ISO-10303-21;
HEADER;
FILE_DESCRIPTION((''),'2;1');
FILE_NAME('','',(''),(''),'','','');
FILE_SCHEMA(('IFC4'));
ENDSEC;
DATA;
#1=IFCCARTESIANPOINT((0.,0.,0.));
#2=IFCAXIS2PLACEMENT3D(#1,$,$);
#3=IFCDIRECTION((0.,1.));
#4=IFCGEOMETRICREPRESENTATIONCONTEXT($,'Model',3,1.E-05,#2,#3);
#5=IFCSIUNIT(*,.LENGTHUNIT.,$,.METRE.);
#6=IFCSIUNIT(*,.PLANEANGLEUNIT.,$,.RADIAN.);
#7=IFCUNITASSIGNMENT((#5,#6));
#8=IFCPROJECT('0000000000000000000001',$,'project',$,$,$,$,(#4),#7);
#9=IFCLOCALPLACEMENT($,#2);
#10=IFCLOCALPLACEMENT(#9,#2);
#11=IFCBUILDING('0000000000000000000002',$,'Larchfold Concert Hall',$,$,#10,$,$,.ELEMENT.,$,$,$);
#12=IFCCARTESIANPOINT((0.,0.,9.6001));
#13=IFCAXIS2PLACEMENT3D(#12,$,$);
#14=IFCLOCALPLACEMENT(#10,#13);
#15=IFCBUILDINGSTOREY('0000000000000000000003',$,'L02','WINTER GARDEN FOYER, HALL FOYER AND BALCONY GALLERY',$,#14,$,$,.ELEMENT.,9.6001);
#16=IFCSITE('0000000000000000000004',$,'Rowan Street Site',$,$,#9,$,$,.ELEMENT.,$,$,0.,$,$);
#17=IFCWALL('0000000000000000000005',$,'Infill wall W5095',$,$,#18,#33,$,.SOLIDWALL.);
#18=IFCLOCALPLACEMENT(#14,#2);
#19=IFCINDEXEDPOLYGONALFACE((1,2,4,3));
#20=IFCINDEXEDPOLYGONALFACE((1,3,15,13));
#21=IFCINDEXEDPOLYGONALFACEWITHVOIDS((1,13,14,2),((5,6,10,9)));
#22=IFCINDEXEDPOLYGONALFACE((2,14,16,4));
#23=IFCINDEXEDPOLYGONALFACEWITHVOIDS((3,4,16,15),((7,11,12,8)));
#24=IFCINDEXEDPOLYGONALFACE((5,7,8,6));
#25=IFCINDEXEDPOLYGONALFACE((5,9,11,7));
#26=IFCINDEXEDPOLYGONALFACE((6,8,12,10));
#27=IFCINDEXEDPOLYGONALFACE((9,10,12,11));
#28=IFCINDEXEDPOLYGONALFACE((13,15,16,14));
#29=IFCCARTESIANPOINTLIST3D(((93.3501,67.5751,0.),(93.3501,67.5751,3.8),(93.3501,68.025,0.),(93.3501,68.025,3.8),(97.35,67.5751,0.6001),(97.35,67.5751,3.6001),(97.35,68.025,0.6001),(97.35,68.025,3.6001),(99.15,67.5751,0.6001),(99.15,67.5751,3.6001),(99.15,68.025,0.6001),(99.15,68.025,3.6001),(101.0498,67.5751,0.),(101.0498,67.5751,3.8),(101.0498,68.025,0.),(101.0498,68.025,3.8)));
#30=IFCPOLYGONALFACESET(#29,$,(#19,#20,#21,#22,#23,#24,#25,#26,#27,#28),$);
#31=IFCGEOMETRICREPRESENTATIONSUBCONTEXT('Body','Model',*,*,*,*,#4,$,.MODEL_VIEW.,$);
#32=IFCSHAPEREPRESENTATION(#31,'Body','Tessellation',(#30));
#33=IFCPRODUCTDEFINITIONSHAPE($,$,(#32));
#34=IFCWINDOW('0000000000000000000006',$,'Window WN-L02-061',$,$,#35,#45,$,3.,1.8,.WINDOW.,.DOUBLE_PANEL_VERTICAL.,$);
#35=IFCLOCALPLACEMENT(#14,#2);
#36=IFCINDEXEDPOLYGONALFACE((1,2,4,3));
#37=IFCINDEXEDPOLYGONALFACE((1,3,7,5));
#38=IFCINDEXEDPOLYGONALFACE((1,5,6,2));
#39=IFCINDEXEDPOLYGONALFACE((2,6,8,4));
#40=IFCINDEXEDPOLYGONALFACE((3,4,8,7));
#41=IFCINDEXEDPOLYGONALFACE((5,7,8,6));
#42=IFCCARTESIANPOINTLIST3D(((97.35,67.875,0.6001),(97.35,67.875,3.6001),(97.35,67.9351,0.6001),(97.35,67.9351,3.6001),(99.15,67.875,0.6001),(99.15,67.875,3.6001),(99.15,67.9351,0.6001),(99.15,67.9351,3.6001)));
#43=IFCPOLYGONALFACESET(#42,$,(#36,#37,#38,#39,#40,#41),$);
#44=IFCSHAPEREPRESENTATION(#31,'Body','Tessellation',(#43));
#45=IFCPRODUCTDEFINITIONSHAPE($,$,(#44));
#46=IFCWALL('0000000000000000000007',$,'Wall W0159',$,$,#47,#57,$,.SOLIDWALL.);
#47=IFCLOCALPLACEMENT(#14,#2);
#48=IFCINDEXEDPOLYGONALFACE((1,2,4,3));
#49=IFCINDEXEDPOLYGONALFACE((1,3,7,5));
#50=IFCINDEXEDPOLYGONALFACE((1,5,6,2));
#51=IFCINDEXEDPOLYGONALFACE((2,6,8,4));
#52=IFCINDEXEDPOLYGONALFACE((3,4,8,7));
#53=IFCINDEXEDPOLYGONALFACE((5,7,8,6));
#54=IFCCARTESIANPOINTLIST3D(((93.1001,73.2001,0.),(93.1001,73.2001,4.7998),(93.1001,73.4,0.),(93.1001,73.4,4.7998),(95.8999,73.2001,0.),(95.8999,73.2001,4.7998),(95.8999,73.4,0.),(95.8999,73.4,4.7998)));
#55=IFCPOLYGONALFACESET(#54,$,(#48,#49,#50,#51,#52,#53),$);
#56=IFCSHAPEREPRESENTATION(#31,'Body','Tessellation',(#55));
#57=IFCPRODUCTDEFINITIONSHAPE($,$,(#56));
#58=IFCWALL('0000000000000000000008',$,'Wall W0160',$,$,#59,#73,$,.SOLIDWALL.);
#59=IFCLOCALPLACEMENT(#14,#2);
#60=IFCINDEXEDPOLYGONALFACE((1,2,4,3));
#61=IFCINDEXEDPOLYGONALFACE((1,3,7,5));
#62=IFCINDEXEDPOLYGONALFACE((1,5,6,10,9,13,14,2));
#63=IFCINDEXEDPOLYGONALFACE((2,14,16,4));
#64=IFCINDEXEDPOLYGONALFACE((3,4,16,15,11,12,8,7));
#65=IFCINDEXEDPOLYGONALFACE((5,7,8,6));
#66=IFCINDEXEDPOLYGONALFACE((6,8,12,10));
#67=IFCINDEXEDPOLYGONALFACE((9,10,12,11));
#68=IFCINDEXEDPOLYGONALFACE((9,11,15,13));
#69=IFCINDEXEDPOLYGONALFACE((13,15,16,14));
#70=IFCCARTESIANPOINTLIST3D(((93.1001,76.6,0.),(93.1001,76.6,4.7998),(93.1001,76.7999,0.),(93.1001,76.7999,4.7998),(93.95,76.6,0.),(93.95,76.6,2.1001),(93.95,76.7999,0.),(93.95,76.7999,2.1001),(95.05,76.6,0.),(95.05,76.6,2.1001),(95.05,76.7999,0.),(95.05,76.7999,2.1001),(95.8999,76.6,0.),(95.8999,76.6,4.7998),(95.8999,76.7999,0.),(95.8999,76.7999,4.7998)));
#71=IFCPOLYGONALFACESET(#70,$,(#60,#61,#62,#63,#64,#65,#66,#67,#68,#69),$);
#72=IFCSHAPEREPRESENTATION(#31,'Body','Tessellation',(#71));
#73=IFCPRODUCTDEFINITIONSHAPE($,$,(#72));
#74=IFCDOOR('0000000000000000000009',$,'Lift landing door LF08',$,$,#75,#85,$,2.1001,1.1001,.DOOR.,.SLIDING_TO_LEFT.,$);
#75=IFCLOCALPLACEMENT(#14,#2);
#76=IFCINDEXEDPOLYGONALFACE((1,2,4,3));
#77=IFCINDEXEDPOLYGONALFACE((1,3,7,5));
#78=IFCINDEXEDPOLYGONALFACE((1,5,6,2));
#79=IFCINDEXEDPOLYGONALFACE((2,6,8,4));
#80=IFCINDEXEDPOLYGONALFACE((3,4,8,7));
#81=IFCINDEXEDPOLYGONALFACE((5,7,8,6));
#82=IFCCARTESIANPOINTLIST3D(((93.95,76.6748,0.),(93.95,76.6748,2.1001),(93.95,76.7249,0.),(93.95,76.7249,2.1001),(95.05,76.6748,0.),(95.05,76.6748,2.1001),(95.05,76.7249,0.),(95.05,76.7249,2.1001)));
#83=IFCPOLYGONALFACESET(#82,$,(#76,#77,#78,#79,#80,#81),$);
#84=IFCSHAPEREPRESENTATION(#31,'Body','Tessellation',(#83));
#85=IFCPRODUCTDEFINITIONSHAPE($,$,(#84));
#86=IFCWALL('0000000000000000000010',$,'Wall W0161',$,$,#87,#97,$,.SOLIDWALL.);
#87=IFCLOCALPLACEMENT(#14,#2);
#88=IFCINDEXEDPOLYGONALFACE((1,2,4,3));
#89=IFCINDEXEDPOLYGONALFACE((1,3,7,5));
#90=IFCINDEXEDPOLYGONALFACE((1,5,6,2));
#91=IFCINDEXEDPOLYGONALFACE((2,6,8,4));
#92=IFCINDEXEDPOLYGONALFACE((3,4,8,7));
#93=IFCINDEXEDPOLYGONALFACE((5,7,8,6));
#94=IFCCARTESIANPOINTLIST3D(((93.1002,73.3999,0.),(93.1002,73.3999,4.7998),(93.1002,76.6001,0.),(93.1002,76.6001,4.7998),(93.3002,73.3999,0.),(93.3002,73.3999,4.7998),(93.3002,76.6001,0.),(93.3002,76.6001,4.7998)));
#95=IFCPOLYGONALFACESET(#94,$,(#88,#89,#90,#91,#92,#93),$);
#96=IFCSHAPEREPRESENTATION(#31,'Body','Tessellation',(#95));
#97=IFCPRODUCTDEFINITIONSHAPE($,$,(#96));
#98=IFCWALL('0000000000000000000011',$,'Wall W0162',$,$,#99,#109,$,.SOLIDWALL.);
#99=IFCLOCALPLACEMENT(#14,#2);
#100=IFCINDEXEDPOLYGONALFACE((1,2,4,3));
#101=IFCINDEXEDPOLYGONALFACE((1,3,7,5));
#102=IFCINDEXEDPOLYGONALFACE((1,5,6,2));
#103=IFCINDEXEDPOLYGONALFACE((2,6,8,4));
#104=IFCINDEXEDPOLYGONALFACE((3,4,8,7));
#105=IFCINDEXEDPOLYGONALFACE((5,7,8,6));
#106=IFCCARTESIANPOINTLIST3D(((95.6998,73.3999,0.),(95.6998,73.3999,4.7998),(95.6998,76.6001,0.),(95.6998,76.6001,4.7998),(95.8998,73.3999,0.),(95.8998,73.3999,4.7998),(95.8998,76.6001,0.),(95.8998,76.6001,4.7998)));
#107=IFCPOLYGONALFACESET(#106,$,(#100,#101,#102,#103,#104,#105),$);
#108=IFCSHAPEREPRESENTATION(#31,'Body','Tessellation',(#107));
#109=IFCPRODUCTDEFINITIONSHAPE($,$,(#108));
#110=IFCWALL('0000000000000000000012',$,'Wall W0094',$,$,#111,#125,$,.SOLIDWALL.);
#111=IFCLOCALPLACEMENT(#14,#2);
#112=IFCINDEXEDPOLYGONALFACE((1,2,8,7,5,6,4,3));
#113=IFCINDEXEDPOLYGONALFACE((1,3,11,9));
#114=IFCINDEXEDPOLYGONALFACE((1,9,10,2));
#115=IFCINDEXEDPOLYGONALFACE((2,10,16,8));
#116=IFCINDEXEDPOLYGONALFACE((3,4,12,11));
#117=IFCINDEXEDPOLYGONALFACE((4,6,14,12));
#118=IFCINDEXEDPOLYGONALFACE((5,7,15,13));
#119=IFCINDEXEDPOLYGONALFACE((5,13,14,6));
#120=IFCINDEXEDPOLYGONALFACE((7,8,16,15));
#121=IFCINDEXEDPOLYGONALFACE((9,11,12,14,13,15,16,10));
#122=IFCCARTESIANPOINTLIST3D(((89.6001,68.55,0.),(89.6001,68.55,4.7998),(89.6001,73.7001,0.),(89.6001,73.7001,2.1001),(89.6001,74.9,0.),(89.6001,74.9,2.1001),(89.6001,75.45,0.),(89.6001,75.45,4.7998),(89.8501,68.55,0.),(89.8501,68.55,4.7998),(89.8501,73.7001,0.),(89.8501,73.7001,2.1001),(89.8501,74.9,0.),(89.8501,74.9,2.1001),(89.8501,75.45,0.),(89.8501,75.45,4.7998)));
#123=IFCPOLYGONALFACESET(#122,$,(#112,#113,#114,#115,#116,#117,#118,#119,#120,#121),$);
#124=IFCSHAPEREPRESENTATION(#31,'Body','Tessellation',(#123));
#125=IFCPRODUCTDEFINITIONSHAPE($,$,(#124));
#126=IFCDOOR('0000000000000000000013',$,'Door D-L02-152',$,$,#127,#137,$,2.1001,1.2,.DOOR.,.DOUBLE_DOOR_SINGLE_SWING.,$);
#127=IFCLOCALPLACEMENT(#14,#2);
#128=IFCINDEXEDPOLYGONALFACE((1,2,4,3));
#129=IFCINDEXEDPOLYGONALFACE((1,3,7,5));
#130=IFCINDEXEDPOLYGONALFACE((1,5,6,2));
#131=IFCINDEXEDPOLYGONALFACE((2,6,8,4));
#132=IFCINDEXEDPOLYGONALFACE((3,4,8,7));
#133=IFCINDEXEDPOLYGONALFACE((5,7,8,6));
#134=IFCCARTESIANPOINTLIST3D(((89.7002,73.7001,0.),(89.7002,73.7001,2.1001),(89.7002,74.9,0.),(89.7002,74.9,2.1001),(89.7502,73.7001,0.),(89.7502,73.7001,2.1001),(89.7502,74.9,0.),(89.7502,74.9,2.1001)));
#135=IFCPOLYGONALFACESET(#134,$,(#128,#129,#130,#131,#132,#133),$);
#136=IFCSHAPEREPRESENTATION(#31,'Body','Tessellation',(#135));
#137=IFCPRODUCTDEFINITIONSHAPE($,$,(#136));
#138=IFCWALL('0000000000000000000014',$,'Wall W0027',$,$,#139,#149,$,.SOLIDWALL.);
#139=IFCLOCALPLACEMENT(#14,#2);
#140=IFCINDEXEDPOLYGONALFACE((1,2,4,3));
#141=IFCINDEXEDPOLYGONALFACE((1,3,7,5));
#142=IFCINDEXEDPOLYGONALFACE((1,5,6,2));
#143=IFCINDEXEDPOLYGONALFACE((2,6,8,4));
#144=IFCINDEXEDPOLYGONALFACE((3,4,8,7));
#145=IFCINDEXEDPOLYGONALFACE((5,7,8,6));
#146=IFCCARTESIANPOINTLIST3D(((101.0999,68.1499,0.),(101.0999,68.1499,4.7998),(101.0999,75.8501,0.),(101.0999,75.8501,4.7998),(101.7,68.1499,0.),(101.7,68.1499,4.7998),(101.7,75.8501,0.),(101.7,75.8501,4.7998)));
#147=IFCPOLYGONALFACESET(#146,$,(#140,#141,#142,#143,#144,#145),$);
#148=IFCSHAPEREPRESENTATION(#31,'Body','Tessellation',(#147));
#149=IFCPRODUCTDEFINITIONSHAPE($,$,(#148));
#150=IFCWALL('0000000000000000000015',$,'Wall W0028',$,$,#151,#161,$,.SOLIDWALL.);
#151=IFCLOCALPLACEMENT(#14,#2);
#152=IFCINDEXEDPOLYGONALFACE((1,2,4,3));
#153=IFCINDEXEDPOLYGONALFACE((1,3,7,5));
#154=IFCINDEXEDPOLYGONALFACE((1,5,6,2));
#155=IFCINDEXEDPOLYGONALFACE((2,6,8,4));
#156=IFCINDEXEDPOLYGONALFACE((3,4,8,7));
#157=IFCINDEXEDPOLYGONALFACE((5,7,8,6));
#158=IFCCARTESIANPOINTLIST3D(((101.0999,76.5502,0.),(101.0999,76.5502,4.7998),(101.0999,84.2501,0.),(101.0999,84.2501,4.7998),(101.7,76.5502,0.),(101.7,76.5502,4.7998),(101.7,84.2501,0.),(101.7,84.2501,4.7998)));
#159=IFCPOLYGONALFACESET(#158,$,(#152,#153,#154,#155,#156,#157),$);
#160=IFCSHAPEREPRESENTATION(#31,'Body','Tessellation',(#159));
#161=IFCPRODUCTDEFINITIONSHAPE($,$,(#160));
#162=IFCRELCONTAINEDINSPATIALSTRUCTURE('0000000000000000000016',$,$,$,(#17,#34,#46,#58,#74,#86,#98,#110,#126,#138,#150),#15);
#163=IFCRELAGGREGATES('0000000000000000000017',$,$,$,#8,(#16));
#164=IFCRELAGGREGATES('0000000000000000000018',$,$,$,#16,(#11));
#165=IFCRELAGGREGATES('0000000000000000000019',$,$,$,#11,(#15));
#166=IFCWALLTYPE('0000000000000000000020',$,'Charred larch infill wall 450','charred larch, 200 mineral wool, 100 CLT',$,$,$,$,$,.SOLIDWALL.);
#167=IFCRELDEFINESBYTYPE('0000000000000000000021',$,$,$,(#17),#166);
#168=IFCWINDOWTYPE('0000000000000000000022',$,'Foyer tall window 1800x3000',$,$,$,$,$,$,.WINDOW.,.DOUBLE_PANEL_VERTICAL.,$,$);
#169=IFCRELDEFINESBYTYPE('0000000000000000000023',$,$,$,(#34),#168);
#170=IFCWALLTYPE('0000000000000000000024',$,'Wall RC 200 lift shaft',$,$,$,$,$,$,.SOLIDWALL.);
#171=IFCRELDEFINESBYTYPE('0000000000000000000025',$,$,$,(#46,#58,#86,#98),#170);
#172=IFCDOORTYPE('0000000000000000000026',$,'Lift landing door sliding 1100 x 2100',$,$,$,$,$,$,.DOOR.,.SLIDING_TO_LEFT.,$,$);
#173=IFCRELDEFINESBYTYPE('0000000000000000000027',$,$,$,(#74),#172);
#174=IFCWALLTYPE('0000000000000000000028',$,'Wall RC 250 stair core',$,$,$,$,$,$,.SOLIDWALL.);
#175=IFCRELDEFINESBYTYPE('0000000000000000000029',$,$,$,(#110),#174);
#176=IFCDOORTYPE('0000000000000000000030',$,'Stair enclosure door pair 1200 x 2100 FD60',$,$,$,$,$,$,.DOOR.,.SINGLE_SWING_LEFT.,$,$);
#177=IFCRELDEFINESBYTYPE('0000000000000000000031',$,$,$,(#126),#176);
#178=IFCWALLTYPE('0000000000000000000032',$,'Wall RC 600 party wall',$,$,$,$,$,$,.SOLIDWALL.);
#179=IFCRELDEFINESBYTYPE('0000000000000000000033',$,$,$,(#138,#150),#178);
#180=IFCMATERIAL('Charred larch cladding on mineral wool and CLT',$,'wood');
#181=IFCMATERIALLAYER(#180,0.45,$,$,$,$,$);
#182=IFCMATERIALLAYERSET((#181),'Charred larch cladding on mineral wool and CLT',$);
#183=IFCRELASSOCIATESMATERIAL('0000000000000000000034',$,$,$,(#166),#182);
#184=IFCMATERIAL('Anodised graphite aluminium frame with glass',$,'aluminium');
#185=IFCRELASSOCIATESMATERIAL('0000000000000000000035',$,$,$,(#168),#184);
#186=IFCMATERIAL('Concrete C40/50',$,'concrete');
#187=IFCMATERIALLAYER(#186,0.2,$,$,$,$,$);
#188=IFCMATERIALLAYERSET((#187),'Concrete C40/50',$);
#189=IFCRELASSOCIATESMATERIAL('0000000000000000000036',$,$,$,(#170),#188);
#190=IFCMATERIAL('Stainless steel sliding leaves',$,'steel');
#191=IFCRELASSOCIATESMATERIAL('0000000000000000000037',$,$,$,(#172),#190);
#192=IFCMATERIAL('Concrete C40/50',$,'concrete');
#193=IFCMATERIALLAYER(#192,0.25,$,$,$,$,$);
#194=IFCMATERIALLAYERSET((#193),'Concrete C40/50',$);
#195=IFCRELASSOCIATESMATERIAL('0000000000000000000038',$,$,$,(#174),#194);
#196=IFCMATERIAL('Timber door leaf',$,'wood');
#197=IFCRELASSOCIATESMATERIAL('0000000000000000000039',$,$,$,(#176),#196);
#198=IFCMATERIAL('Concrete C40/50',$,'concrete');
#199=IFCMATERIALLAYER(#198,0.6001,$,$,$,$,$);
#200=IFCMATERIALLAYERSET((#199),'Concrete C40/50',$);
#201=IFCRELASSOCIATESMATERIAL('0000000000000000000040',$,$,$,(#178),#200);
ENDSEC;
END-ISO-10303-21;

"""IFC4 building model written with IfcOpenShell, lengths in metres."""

from ifc_helpers import new_model, si_unit, direction, frame, frame_2d, origin, place, context, subcontext, project, spatial, rectangle, extrude, material, layer, layer_set, type_object, element, fill, save


model = new_model("IFC4")

# Units and contexts
model_context = context("Model", 3, precision=1e-05, world=origin(), true_north=direction((0.0, 1.0)))
body_context = subcontext(model_context, "Body", "Model", "MODEL_VIEW")
ifc_project = project(units=[si_unit("LENGTHUNIT", "METRE"), si_unit("PLANEANGLEUNIT", "RADIAN")], contexts=[model_context])

# Site, building, storey
site_placement = place(None, origin())
site = spatial("IfcSite", under=ifc_project, at=site_placement, Name="Rowan Street Site", CompositionType="ELEMENT", RefElevation=0.0)
building_placement = place(site_placement, origin())
building = spatial("IfcBuilding", under=site, at=building_placement, Name="Larchfold Concert Hall", CompositionType="ELEMENT")
storey_placement = place(building_placement, frame((0.0, 0.0, 9.6001)))
storey = spatial("IfcBuildingStorey", under=building, at=storey_placement, Name="L02", Description="WINTER GARDEN FOYER, HALL FOYER AND BALCONY GALLERY", CompositionType="ELEMENT", Elevation=9.6001)

# Wall, opening, window
ifc_material_1 = material(Name="Charred larch cladding on mineral wool and CLT", Category="wood")
ifc_layer_1 = layer(ifc_material_1, 0.45)
ifc_layer_set_1 = layer_set([ifc_layer_1], Name="Charred larch cladding on mineral wool and CLT")
wall_type_1 = type_object("IfcWallType", Name="Charred larch infill wall 450", Description="charred larch, 200 mineral wool, 100 CLT", PredefinedType="SOLIDWALL", material=ifc_layer_set_1)
wall_1_placement = place(storey_placement, frame((93.3501, 67.8, 0.0), z_axis=(0.0, 0.0, 1.0), x_axis=(1.0, 0.0, 0.0)))
wall_1 = element("IfcWall", 1, at=wall_1_placement, inside=storey, type_object=wall_type_1, Name="Infill wall W5095", PredefinedType="SOLIDWALL", context=body_context, shape_type="SweptSolid", body=[
    extrude(rectangle(XDim=7.6997, YDim=0.45, at=frame_2d((3.8499, 0.0))), origin(), (0.0, 0.0, 1.0), 3.8),
])
opening_1_placement = place(wall_1_placement, frame((4.0, 0.0, 0.6001)))
opening_1 = element("IfcOpeningElement", 2, at=opening_1_placement, cuts=wall_1, PredefinedType="OPENING", context=body_context, shape_type="SweptSolid", body=[
    extrude(rectangle(XDim=1.8, YDim=3.0, at=frame_2d((0.8999, 1.5))), frame((0.0, 0.2349, 0.0), z_axis=(0.0, -1.0, 0.0), x_axis=(1.0, 0.0, 0.0)), (0.0, 0.0, 1.0), 0.47),
])
ifc_material_2 = material(Name="Anodised graphite aluminium frame with glass", Category="aluminium")
window_type = type_object("IfcWindowType", Name="Foyer tall window 1800x3000", PartitioningType="DOUBLE_PANEL_VERTICAL", PredefinedType="WINDOW", material=ifc_material_2)
window_placement = place(opening_1_placement, origin())
window = element("IfcWindow", 3, at=window_placement, inside=storey, type_object=window_type, Name="Window WN-L02-061", OverallHeight=3.0, OverallWidth=1.8, PartitioningType="DOUBLE_PANEL_VERTICAL", PredefinedType="WINDOW", context=body_context, shape_type="SweptSolid", body=[
    extrude(rectangle(XDim=1.8, YDim=3.0, at=frame_2d((0.8999, 1.5))), frame((0.0, 0.135, 0.0), z_axis=(0.0, -1.0, 0.0), x_axis=(1.0, 0.0, 0.0)), (0.0, 0.0, 1.0), 0.0601),
])
fill(opening_1, window)

# Wall
ifc_material_3 = material(Name="Concrete C40/50", Category="concrete")
ifc_layer_2 = layer(ifc_material_3, 0.2)
ifc_layer_set_2 = layer_set([ifc_layer_2], Name="Concrete C40/50")
wall_type_2 = type_object("IfcWallType", Name="Wall RC 200 lift shaft", PredefinedType="SOLIDWALL", material=ifc_layer_set_2)
wall_2_placement = place(storey_placement, frame((93.1001, 73.3, 0.0), z_axis=(0.0, 0.0, 1.0), x_axis=(1.0, 0.0, 0.0)))
element("IfcWall", 4, at=wall_2_placement, inside=storey, type_object=wall_type_2, Name="Wall W0159", PredefinedType="SOLIDWALL", context=body_context, shape_type="SweptSolid", body=[
    extrude(rectangle(XDim=2.7998, YDim=0.2, at=frame_2d((1.3999, 0.0))), origin(), (0.0, 0.0, 1.0), 4.7998),
])

# Wall, opening, door
wall_3_placement = place(storey_placement, frame((93.1001, 76.7, 0.0), z_axis=(0.0, 0.0, 1.0), x_axis=(1.0, 0.0, 0.0)))
wall_3 = element("IfcWall", 5, at=wall_3_placement, inside=storey, type_object=wall_type_2, Name="Wall W0160", PredefinedType="SOLIDWALL", context=body_context, shape_type="SweptSolid", body=[
    extrude(rectangle(XDim=2.7998, YDim=0.2, at=frame_2d((1.3999, 0.0))), origin(), (0.0, 0.0, 1.0), 4.7998),
])
opening_2_placement = place(wall_3_placement, frame((0.8499, 0.0, 0.0)))
opening_2 = element("IfcOpeningElement", 6, at=opening_2_placement, cuts=wall_3, PredefinedType="OPENING", context=body_context, shape_type="SweptSolid", body=[
    extrude(rectangle(XDim=1.1001, YDim=2.1001, at=frame_2d((0.55, 1.05))), frame((0.0, 0.1099, 0.0), z_axis=(0.0, -1.0, 0.0), x_axis=(1.0, 0.0, 0.0)), (0.0, 0.0, 1.0), 0.22),
])
ifc_material_4 = material(Name="Stainless steel sliding leaves", Category="steel")
door_type_1 = type_object("IfcDoorType", Name="Lift landing door sliding 1100 x 2100", OperationType="SLIDING_TO_LEFT", PredefinedType="DOOR", material=ifc_material_4)
door_1_placement = place(opening_2_placement, origin())
door_1 = element("IfcDoor", 7, at=door_1_placement, inside=storey, type_object=door_type_1, Name="Lift landing door LF08", OperationType="SLIDING_TO_LEFT", OverallHeight=2.1001, OverallWidth=1.1001, PredefinedType="DOOR", context=body_context, shape_type="SweptSolid", body=[
    extrude(rectangle(XDim=1.1001, YDim=2.1001, at=frame_2d((0.55, 1.05))), frame((0.0, 0.0249, 0.0), z_axis=(0.0, -1.0, 0.0), x_axis=(1.0, 0.0, 0.0)), (0.0, 0.0, 1.0), 0.05),
])
fill(opening_2, door_1)

# Walls
for number, where, z_axis, x_axis, name in (
    (8, (93.2002, 73.3999, 0.0), (0.0, 0.0, 1.0), (0.0, 1.0, 0.0), "Wall W0161"),
    (9, (95.7998, 73.3999, 0.0), (0.0, 0.0, 1.0), (0.0, 1.0, 0.0), "Wall W0162"),
):
    element("IfcWall", number, at=place(storey_placement, frame(where, z_axis=z_axis, x_axis=x_axis)), inside=storey, type_object=wall_type_2, Name=name, PredefinedType="SOLIDWALL", context=body_context, shape_type="SweptSolid", body=[
        extrude(rectangle(XDim=3.2002, YDim=0.2, at=frame_2d((1.6001, 0.0))), origin(), (0.0, 0.0, 1.0), 4.7998),
    ])

# Wall, opening, door
ifc_material_5 = material(Name="Concrete C40/50", Category="concrete")
ifc_layer_3 = layer(ifc_material_5, 0.25)
ifc_layer_set_3 = layer_set([ifc_layer_3], Name="Concrete C40/50")
wall_type_3 = type_object("IfcWallType", Name="Wall RC 250 stair core", PredefinedType="SOLIDWALL", material=ifc_layer_set_3)
wall_4_placement = place(storey_placement, frame((89.7251, 68.55, 0.0), z_axis=(0.0, 0.0, 1.0), x_axis=(0.0, 1.0, 0.0)))
wall_4 = element("IfcWall", 10, at=wall_4_placement, inside=storey, type_object=wall_type_3, Name="Wall W0094", PredefinedType="SOLIDWALL", context=body_context, shape_type="SweptSolid", body=[
    extrude(rectangle(XDim=6.8999, YDim=0.25, at=frame_2d((3.45, 0.0))), origin(), (0.0, 0.0, 1.0), 4.7998),
])
opening_3_placement = place(wall_4_placement, frame((5.1499, 0.0, 0.0)))
opening_3 = element("IfcOpeningElement", 11, at=opening_3_placement, cuts=wall_4, PredefinedType="OPENING", context=body_context, shape_type="SweptSolid", body=[
    extrude(rectangle(XDim=1.2, YDim=2.1001, at=frame_2d((0.6001, 1.05))), frame((0.0, 0.135, 0.0), z_axis=(0.0, -1.0, 0.0), x_axis=(1.0, 0.0, 0.0)), (0.0, 0.0, 1.0), 0.27),
])
ifc_material_6 = material(Name="Timber door leaf", Category="wood")
door_type_2 = type_object("IfcDoorType", Name="Stair enclosure door pair 1200 x 2100 FD60", OperationType="SINGLE_SWING_LEFT", PredefinedType="DOOR", material=ifc_material_6)
door_2_placement = place(opening_3_placement, origin())
door_2 = element("IfcDoor", 12, at=door_2_placement, inside=storey, type_object=door_type_2, Name="Door D-L02-152", OperationType="DOUBLE_DOOR_SINGLE_SWING", OverallHeight=2.1001, OverallWidth=1.2, PredefinedType="DOOR", context=body_context, shape_type="SweptSolid", body=[
    extrude(rectangle(XDim=1.2, YDim=2.1001, at=frame_2d((0.6001, 1.05))), frame((0.0, 0.0249, 0.0), z_axis=(0.0, -1.0, 0.0), x_axis=(1.0, 0.0, 0.0)), (0.0, 0.0, 1.0), 0.05),
])
fill(opening_3, door_2)

# Walls
ifc_material_7 = material(Name="Concrete C40/50", Category="concrete")
ifc_layer_4 = layer(ifc_material_7, 0.6001)
ifc_layer_set_4 = layer_set([ifc_layer_4], Name="Concrete C40/50")
wall_type_4 = type_object("IfcWallType", Name="Wall RC 600 party wall", PredefinedType="SOLIDWALL", material=ifc_layer_set_4)
wall_5_placement = place(storey_placement, frame((101.3999, 68.1499, 0.0), z_axis=(0.0, 0.0, 1.0), x_axis=(0.0, 1.0, 0.0)))
element("IfcWall", 13, at=wall_5_placement, inside=storey, type_object=wall_type_4, Name="Wall W0027", PredefinedType="SOLIDWALL", context=body_context, shape_type="SweptSolid", body=[
    extrude(rectangle(XDim=7.7002, YDim=0.6001, at=frame_2d((3.8501, 0.0))), origin(), (0.0, 0.0, 1.0), 4.7998),
])
wall_6_placement = place(storey_placement, frame((101.3999, 76.55, 0.0), z_axis=(0.0, 0.0, 1.0), x_axis=(0.0, 1.0, 0.0)))
element("IfcWall", 14, at=wall_6_placement, inside=storey, type_object=wall_type_4, Name="Wall W0028", PredefinedType="SOLIDWALL", context=body_context, shape_type="SweptSolid", body=[
    extrude(rectangle(XDim=7.7, YDim=0.6001, at=frame_2d((3.8501, 0.0))), origin(), (0.0, 0.0, 1.0), 4.7998),
])

save(model, "model.ifc")
